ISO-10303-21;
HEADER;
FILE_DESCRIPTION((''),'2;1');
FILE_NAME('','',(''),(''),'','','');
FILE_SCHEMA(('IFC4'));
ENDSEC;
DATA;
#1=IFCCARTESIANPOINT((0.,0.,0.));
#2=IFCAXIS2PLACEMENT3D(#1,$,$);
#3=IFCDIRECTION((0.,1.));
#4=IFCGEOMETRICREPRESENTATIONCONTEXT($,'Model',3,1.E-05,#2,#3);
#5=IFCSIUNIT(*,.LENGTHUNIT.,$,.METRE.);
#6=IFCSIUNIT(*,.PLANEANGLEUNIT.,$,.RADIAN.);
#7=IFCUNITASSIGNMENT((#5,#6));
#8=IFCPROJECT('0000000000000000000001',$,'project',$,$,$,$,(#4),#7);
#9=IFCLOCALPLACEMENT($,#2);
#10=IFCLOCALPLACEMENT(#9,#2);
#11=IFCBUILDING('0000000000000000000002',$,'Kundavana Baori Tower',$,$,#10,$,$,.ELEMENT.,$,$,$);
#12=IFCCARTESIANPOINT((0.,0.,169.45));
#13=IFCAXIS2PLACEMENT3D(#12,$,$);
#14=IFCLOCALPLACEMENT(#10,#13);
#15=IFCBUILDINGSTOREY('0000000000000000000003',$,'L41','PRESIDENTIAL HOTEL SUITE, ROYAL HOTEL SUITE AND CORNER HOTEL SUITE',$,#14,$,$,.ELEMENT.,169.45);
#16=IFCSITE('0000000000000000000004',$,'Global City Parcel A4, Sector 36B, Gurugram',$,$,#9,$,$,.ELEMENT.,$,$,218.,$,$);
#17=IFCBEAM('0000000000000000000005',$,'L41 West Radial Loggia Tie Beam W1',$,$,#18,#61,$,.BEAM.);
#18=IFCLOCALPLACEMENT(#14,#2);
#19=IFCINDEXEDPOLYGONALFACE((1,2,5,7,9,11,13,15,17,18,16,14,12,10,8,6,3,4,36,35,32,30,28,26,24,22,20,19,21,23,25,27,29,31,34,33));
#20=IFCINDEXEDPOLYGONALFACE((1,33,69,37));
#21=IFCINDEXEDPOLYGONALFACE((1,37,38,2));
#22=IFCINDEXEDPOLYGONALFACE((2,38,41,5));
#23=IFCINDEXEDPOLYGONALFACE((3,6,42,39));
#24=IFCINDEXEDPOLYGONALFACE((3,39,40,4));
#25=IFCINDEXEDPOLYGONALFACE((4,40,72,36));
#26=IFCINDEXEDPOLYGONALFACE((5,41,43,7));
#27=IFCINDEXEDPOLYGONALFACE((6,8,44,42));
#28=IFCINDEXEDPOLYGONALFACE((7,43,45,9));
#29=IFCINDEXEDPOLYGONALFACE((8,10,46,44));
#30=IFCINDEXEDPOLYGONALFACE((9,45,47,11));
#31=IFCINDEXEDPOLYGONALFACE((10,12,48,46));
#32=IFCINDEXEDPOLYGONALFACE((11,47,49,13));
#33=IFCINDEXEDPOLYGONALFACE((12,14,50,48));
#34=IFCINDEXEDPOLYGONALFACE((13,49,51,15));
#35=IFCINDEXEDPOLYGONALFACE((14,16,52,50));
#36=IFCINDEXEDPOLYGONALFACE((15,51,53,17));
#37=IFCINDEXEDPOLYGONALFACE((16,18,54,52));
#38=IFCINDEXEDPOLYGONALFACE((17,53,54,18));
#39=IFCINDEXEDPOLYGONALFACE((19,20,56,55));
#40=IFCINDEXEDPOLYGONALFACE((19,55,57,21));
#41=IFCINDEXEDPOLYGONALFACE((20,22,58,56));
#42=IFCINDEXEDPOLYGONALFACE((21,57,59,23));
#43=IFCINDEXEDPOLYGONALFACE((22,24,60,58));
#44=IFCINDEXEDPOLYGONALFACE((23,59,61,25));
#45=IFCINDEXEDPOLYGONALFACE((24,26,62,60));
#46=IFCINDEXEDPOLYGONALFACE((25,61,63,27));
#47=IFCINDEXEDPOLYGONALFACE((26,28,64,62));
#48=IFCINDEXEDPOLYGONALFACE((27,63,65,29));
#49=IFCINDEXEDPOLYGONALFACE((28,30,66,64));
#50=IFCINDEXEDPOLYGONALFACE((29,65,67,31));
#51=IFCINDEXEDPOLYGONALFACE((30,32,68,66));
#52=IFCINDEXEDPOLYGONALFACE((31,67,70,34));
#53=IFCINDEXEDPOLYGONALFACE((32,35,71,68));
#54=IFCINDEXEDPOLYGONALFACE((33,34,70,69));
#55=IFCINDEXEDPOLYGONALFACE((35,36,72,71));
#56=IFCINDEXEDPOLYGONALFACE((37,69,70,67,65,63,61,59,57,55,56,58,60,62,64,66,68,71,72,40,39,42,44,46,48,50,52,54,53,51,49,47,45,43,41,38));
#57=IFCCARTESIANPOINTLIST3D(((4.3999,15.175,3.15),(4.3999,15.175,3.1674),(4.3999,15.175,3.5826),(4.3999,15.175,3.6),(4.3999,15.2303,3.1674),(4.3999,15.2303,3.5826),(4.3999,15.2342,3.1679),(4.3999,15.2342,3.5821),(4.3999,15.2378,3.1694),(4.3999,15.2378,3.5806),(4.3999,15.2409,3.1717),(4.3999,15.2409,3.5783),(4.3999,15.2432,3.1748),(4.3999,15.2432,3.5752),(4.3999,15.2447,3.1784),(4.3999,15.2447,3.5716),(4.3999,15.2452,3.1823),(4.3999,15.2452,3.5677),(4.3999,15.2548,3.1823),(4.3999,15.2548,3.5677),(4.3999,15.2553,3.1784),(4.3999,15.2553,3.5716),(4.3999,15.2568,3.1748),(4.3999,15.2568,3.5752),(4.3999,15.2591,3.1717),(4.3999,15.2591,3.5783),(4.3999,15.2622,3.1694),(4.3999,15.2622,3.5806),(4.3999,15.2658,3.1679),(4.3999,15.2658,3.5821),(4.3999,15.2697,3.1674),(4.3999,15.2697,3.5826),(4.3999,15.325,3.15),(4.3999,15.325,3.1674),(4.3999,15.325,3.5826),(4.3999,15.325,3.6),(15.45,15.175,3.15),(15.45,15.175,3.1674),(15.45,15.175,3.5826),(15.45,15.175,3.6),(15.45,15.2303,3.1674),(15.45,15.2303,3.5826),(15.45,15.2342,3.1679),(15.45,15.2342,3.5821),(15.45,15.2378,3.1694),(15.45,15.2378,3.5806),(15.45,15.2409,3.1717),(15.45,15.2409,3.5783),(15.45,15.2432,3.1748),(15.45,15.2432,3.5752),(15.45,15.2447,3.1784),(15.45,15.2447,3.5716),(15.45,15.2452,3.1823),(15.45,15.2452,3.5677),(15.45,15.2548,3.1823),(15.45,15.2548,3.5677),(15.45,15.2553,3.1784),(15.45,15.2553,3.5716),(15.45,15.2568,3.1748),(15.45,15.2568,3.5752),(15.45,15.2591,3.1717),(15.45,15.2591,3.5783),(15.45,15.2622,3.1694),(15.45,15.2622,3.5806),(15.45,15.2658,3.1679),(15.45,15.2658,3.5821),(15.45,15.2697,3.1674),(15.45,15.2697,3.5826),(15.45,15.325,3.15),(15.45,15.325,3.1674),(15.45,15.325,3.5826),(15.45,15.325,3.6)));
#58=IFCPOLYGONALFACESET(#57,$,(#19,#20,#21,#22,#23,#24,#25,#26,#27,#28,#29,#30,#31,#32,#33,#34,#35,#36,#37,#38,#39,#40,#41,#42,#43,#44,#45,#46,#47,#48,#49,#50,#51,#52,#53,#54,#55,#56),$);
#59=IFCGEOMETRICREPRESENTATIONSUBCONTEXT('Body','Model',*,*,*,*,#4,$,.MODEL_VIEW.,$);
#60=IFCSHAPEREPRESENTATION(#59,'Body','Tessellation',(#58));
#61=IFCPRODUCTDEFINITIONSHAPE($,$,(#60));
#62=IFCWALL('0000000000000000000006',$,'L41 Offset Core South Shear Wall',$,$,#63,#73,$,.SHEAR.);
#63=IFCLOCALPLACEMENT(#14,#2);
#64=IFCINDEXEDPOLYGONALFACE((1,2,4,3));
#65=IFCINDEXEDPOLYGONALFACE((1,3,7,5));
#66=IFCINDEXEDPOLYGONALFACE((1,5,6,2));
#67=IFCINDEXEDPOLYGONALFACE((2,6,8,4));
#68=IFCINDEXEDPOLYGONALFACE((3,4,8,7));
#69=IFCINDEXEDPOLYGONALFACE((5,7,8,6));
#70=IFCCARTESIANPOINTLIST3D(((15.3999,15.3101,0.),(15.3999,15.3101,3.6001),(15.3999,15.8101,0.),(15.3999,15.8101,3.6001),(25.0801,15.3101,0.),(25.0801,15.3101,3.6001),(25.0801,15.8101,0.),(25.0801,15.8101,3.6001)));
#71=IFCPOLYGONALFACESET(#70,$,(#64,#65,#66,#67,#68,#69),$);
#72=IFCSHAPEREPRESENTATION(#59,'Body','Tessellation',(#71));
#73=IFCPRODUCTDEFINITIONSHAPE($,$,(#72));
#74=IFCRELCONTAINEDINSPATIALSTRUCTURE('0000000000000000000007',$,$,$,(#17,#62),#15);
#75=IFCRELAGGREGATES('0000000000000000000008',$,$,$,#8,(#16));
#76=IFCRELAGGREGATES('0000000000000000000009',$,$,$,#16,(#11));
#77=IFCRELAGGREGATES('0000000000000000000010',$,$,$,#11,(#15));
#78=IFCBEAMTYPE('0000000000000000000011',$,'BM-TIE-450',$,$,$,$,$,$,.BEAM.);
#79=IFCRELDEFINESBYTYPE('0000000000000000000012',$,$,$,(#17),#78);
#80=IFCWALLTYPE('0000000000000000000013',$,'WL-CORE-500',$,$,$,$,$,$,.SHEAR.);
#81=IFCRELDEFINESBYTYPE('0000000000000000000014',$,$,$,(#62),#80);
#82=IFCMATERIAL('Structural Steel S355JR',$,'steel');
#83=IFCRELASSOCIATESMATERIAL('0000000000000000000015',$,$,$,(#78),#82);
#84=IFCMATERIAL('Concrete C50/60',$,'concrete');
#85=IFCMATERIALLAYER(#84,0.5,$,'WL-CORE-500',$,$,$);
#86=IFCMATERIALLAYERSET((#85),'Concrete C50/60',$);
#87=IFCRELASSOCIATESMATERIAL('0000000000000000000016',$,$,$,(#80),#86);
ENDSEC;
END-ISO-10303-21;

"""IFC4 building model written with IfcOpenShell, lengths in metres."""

from ifc_helpers import new_model, si_unit, direction, frame, frame_2d, origin, origin_2d, place, context, subcontext, project, spatial, rectangle, i_section, extrude, material, layer, layer_set, material_profile, profile_set, type_object, element, save


model = new_model("IFC4")

# Units and contexts
model_context = context("Model", 3, precision=1e-05, world=origin(), true_north=direction((0.0, 1.0)))
body_context = subcontext(model_context, "Body", "Model", "MODEL_VIEW")
ifc_project = project(units=[si_unit("LENGTHUNIT", "METRE"), si_unit("PLANEANGLEUNIT", "RADIAN")], contexts=[model_context])

# Site, building, storey
site_placement = place(None, origin())
site = spatial("IfcSite", under=ifc_project, at=site_placement, Name="Global City Parcel A4, Sector 36B, Gurugram", CompositionType="ELEMENT", RefElevation=218.0)
building_placement = place(site_placement, origin())
building = spatial("IfcBuilding", under=site, at=building_placement, Name="Kundavana Baori Tower", CompositionType="ELEMENT")
storey_placement = place(building_placement, frame((0.0, 0.0, 169.45)))
storey = spatial("IfcBuildingStorey", under=building, at=storey_placement, Name="L41", Description="PRESIDENTIAL HOTEL SUITE, ROYAL HOTEL SUITE AND CORNER HOTEL SUITE", CompositionType="ELEMENT", Elevation=169.45)

# Beam
ifc_material_1 = material(Name="Structural Steel S355JR", Category="steel")
ifc_material_profile_1 = material_profile(ifc_material_1, i_section(OverallWidth=0.1499, OverallDepth=0.45, WebThickness=0.0095, FlangeThickness=0.0173, FilletRadius=0.0149, at=origin_2d()), Name="ISMB 450")
ifc_profile_set_1 = profile_set([ifc_material_profile_1], Name="Structural Steel S355JR")
beam_type_1 = type_object("IfcBeamType", Name="BM-TIE-450", PredefinedType="BEAM", material=ifc_profile_set_1)
for number, where, z_axis, x_axis, name in (
    (1, (15.45, 15.25, 3.375), (-1.0, 0.0, 0.0), (0.0, -1.0, 0.0), "L41 West Radial Loggia Tie Beam W1"),
):
    element("IfcBeam", number, at=place(storey_placement, frame(where, z_axis=z_axis, x_axis=x_axis)), inside=storey, type_object=beam_type_1, Name=name, PredefinedType="BEAM", context=body_context, shape_type="SweptSolid", body=[
        extrude(i_section(OverallWidth=0.1499, OverallDepth=0.45, WebThickness=0.0095, FlangeThickness=0.0173, FilletRadius=0.0149, at=origin_2d()), origin(), (0.0, 0.0, 1.0), 11.05),
    ])

# Wall
ifc_material_2 = material(Name="Concrete C50/60", Category="concrete")
ifc_layer_1 = layer(ifc_material_2, 0.5, Name="WL-CORE-500")
ifc_layer_set_1 = layer_set([ifc_layer_1], Name="Concrete C50/60")
wall_type_1 = type_object("IfcWallType", Name="WL-CORE-500", PredefinedType="SHEAR", material=ifc_layer_set_1)
wall_1_placement = place(storey_placement, frame((15.3999, 15.5601, 0.0), z_axis=(0.0, 0.0, 1.0), x_axis=(1.0, 0.0, 0.0)))
element("IfcWall", 2, at=wall_1_placement, inside=storey, type_object=wall_type_1, Name="L41 Offset Core South Shear Wall", PredefinedType="SHEAR", context=body_context, shape_type="SweptSolid", body=[
    extrude(rectangle(XDim=9.6802, YDim=0.5, at=frame_2d((4.8401, 0.0))), origin(), (0.0, 0.0, 1.0), 3.6001),
])

save(model, "model.ifc")
